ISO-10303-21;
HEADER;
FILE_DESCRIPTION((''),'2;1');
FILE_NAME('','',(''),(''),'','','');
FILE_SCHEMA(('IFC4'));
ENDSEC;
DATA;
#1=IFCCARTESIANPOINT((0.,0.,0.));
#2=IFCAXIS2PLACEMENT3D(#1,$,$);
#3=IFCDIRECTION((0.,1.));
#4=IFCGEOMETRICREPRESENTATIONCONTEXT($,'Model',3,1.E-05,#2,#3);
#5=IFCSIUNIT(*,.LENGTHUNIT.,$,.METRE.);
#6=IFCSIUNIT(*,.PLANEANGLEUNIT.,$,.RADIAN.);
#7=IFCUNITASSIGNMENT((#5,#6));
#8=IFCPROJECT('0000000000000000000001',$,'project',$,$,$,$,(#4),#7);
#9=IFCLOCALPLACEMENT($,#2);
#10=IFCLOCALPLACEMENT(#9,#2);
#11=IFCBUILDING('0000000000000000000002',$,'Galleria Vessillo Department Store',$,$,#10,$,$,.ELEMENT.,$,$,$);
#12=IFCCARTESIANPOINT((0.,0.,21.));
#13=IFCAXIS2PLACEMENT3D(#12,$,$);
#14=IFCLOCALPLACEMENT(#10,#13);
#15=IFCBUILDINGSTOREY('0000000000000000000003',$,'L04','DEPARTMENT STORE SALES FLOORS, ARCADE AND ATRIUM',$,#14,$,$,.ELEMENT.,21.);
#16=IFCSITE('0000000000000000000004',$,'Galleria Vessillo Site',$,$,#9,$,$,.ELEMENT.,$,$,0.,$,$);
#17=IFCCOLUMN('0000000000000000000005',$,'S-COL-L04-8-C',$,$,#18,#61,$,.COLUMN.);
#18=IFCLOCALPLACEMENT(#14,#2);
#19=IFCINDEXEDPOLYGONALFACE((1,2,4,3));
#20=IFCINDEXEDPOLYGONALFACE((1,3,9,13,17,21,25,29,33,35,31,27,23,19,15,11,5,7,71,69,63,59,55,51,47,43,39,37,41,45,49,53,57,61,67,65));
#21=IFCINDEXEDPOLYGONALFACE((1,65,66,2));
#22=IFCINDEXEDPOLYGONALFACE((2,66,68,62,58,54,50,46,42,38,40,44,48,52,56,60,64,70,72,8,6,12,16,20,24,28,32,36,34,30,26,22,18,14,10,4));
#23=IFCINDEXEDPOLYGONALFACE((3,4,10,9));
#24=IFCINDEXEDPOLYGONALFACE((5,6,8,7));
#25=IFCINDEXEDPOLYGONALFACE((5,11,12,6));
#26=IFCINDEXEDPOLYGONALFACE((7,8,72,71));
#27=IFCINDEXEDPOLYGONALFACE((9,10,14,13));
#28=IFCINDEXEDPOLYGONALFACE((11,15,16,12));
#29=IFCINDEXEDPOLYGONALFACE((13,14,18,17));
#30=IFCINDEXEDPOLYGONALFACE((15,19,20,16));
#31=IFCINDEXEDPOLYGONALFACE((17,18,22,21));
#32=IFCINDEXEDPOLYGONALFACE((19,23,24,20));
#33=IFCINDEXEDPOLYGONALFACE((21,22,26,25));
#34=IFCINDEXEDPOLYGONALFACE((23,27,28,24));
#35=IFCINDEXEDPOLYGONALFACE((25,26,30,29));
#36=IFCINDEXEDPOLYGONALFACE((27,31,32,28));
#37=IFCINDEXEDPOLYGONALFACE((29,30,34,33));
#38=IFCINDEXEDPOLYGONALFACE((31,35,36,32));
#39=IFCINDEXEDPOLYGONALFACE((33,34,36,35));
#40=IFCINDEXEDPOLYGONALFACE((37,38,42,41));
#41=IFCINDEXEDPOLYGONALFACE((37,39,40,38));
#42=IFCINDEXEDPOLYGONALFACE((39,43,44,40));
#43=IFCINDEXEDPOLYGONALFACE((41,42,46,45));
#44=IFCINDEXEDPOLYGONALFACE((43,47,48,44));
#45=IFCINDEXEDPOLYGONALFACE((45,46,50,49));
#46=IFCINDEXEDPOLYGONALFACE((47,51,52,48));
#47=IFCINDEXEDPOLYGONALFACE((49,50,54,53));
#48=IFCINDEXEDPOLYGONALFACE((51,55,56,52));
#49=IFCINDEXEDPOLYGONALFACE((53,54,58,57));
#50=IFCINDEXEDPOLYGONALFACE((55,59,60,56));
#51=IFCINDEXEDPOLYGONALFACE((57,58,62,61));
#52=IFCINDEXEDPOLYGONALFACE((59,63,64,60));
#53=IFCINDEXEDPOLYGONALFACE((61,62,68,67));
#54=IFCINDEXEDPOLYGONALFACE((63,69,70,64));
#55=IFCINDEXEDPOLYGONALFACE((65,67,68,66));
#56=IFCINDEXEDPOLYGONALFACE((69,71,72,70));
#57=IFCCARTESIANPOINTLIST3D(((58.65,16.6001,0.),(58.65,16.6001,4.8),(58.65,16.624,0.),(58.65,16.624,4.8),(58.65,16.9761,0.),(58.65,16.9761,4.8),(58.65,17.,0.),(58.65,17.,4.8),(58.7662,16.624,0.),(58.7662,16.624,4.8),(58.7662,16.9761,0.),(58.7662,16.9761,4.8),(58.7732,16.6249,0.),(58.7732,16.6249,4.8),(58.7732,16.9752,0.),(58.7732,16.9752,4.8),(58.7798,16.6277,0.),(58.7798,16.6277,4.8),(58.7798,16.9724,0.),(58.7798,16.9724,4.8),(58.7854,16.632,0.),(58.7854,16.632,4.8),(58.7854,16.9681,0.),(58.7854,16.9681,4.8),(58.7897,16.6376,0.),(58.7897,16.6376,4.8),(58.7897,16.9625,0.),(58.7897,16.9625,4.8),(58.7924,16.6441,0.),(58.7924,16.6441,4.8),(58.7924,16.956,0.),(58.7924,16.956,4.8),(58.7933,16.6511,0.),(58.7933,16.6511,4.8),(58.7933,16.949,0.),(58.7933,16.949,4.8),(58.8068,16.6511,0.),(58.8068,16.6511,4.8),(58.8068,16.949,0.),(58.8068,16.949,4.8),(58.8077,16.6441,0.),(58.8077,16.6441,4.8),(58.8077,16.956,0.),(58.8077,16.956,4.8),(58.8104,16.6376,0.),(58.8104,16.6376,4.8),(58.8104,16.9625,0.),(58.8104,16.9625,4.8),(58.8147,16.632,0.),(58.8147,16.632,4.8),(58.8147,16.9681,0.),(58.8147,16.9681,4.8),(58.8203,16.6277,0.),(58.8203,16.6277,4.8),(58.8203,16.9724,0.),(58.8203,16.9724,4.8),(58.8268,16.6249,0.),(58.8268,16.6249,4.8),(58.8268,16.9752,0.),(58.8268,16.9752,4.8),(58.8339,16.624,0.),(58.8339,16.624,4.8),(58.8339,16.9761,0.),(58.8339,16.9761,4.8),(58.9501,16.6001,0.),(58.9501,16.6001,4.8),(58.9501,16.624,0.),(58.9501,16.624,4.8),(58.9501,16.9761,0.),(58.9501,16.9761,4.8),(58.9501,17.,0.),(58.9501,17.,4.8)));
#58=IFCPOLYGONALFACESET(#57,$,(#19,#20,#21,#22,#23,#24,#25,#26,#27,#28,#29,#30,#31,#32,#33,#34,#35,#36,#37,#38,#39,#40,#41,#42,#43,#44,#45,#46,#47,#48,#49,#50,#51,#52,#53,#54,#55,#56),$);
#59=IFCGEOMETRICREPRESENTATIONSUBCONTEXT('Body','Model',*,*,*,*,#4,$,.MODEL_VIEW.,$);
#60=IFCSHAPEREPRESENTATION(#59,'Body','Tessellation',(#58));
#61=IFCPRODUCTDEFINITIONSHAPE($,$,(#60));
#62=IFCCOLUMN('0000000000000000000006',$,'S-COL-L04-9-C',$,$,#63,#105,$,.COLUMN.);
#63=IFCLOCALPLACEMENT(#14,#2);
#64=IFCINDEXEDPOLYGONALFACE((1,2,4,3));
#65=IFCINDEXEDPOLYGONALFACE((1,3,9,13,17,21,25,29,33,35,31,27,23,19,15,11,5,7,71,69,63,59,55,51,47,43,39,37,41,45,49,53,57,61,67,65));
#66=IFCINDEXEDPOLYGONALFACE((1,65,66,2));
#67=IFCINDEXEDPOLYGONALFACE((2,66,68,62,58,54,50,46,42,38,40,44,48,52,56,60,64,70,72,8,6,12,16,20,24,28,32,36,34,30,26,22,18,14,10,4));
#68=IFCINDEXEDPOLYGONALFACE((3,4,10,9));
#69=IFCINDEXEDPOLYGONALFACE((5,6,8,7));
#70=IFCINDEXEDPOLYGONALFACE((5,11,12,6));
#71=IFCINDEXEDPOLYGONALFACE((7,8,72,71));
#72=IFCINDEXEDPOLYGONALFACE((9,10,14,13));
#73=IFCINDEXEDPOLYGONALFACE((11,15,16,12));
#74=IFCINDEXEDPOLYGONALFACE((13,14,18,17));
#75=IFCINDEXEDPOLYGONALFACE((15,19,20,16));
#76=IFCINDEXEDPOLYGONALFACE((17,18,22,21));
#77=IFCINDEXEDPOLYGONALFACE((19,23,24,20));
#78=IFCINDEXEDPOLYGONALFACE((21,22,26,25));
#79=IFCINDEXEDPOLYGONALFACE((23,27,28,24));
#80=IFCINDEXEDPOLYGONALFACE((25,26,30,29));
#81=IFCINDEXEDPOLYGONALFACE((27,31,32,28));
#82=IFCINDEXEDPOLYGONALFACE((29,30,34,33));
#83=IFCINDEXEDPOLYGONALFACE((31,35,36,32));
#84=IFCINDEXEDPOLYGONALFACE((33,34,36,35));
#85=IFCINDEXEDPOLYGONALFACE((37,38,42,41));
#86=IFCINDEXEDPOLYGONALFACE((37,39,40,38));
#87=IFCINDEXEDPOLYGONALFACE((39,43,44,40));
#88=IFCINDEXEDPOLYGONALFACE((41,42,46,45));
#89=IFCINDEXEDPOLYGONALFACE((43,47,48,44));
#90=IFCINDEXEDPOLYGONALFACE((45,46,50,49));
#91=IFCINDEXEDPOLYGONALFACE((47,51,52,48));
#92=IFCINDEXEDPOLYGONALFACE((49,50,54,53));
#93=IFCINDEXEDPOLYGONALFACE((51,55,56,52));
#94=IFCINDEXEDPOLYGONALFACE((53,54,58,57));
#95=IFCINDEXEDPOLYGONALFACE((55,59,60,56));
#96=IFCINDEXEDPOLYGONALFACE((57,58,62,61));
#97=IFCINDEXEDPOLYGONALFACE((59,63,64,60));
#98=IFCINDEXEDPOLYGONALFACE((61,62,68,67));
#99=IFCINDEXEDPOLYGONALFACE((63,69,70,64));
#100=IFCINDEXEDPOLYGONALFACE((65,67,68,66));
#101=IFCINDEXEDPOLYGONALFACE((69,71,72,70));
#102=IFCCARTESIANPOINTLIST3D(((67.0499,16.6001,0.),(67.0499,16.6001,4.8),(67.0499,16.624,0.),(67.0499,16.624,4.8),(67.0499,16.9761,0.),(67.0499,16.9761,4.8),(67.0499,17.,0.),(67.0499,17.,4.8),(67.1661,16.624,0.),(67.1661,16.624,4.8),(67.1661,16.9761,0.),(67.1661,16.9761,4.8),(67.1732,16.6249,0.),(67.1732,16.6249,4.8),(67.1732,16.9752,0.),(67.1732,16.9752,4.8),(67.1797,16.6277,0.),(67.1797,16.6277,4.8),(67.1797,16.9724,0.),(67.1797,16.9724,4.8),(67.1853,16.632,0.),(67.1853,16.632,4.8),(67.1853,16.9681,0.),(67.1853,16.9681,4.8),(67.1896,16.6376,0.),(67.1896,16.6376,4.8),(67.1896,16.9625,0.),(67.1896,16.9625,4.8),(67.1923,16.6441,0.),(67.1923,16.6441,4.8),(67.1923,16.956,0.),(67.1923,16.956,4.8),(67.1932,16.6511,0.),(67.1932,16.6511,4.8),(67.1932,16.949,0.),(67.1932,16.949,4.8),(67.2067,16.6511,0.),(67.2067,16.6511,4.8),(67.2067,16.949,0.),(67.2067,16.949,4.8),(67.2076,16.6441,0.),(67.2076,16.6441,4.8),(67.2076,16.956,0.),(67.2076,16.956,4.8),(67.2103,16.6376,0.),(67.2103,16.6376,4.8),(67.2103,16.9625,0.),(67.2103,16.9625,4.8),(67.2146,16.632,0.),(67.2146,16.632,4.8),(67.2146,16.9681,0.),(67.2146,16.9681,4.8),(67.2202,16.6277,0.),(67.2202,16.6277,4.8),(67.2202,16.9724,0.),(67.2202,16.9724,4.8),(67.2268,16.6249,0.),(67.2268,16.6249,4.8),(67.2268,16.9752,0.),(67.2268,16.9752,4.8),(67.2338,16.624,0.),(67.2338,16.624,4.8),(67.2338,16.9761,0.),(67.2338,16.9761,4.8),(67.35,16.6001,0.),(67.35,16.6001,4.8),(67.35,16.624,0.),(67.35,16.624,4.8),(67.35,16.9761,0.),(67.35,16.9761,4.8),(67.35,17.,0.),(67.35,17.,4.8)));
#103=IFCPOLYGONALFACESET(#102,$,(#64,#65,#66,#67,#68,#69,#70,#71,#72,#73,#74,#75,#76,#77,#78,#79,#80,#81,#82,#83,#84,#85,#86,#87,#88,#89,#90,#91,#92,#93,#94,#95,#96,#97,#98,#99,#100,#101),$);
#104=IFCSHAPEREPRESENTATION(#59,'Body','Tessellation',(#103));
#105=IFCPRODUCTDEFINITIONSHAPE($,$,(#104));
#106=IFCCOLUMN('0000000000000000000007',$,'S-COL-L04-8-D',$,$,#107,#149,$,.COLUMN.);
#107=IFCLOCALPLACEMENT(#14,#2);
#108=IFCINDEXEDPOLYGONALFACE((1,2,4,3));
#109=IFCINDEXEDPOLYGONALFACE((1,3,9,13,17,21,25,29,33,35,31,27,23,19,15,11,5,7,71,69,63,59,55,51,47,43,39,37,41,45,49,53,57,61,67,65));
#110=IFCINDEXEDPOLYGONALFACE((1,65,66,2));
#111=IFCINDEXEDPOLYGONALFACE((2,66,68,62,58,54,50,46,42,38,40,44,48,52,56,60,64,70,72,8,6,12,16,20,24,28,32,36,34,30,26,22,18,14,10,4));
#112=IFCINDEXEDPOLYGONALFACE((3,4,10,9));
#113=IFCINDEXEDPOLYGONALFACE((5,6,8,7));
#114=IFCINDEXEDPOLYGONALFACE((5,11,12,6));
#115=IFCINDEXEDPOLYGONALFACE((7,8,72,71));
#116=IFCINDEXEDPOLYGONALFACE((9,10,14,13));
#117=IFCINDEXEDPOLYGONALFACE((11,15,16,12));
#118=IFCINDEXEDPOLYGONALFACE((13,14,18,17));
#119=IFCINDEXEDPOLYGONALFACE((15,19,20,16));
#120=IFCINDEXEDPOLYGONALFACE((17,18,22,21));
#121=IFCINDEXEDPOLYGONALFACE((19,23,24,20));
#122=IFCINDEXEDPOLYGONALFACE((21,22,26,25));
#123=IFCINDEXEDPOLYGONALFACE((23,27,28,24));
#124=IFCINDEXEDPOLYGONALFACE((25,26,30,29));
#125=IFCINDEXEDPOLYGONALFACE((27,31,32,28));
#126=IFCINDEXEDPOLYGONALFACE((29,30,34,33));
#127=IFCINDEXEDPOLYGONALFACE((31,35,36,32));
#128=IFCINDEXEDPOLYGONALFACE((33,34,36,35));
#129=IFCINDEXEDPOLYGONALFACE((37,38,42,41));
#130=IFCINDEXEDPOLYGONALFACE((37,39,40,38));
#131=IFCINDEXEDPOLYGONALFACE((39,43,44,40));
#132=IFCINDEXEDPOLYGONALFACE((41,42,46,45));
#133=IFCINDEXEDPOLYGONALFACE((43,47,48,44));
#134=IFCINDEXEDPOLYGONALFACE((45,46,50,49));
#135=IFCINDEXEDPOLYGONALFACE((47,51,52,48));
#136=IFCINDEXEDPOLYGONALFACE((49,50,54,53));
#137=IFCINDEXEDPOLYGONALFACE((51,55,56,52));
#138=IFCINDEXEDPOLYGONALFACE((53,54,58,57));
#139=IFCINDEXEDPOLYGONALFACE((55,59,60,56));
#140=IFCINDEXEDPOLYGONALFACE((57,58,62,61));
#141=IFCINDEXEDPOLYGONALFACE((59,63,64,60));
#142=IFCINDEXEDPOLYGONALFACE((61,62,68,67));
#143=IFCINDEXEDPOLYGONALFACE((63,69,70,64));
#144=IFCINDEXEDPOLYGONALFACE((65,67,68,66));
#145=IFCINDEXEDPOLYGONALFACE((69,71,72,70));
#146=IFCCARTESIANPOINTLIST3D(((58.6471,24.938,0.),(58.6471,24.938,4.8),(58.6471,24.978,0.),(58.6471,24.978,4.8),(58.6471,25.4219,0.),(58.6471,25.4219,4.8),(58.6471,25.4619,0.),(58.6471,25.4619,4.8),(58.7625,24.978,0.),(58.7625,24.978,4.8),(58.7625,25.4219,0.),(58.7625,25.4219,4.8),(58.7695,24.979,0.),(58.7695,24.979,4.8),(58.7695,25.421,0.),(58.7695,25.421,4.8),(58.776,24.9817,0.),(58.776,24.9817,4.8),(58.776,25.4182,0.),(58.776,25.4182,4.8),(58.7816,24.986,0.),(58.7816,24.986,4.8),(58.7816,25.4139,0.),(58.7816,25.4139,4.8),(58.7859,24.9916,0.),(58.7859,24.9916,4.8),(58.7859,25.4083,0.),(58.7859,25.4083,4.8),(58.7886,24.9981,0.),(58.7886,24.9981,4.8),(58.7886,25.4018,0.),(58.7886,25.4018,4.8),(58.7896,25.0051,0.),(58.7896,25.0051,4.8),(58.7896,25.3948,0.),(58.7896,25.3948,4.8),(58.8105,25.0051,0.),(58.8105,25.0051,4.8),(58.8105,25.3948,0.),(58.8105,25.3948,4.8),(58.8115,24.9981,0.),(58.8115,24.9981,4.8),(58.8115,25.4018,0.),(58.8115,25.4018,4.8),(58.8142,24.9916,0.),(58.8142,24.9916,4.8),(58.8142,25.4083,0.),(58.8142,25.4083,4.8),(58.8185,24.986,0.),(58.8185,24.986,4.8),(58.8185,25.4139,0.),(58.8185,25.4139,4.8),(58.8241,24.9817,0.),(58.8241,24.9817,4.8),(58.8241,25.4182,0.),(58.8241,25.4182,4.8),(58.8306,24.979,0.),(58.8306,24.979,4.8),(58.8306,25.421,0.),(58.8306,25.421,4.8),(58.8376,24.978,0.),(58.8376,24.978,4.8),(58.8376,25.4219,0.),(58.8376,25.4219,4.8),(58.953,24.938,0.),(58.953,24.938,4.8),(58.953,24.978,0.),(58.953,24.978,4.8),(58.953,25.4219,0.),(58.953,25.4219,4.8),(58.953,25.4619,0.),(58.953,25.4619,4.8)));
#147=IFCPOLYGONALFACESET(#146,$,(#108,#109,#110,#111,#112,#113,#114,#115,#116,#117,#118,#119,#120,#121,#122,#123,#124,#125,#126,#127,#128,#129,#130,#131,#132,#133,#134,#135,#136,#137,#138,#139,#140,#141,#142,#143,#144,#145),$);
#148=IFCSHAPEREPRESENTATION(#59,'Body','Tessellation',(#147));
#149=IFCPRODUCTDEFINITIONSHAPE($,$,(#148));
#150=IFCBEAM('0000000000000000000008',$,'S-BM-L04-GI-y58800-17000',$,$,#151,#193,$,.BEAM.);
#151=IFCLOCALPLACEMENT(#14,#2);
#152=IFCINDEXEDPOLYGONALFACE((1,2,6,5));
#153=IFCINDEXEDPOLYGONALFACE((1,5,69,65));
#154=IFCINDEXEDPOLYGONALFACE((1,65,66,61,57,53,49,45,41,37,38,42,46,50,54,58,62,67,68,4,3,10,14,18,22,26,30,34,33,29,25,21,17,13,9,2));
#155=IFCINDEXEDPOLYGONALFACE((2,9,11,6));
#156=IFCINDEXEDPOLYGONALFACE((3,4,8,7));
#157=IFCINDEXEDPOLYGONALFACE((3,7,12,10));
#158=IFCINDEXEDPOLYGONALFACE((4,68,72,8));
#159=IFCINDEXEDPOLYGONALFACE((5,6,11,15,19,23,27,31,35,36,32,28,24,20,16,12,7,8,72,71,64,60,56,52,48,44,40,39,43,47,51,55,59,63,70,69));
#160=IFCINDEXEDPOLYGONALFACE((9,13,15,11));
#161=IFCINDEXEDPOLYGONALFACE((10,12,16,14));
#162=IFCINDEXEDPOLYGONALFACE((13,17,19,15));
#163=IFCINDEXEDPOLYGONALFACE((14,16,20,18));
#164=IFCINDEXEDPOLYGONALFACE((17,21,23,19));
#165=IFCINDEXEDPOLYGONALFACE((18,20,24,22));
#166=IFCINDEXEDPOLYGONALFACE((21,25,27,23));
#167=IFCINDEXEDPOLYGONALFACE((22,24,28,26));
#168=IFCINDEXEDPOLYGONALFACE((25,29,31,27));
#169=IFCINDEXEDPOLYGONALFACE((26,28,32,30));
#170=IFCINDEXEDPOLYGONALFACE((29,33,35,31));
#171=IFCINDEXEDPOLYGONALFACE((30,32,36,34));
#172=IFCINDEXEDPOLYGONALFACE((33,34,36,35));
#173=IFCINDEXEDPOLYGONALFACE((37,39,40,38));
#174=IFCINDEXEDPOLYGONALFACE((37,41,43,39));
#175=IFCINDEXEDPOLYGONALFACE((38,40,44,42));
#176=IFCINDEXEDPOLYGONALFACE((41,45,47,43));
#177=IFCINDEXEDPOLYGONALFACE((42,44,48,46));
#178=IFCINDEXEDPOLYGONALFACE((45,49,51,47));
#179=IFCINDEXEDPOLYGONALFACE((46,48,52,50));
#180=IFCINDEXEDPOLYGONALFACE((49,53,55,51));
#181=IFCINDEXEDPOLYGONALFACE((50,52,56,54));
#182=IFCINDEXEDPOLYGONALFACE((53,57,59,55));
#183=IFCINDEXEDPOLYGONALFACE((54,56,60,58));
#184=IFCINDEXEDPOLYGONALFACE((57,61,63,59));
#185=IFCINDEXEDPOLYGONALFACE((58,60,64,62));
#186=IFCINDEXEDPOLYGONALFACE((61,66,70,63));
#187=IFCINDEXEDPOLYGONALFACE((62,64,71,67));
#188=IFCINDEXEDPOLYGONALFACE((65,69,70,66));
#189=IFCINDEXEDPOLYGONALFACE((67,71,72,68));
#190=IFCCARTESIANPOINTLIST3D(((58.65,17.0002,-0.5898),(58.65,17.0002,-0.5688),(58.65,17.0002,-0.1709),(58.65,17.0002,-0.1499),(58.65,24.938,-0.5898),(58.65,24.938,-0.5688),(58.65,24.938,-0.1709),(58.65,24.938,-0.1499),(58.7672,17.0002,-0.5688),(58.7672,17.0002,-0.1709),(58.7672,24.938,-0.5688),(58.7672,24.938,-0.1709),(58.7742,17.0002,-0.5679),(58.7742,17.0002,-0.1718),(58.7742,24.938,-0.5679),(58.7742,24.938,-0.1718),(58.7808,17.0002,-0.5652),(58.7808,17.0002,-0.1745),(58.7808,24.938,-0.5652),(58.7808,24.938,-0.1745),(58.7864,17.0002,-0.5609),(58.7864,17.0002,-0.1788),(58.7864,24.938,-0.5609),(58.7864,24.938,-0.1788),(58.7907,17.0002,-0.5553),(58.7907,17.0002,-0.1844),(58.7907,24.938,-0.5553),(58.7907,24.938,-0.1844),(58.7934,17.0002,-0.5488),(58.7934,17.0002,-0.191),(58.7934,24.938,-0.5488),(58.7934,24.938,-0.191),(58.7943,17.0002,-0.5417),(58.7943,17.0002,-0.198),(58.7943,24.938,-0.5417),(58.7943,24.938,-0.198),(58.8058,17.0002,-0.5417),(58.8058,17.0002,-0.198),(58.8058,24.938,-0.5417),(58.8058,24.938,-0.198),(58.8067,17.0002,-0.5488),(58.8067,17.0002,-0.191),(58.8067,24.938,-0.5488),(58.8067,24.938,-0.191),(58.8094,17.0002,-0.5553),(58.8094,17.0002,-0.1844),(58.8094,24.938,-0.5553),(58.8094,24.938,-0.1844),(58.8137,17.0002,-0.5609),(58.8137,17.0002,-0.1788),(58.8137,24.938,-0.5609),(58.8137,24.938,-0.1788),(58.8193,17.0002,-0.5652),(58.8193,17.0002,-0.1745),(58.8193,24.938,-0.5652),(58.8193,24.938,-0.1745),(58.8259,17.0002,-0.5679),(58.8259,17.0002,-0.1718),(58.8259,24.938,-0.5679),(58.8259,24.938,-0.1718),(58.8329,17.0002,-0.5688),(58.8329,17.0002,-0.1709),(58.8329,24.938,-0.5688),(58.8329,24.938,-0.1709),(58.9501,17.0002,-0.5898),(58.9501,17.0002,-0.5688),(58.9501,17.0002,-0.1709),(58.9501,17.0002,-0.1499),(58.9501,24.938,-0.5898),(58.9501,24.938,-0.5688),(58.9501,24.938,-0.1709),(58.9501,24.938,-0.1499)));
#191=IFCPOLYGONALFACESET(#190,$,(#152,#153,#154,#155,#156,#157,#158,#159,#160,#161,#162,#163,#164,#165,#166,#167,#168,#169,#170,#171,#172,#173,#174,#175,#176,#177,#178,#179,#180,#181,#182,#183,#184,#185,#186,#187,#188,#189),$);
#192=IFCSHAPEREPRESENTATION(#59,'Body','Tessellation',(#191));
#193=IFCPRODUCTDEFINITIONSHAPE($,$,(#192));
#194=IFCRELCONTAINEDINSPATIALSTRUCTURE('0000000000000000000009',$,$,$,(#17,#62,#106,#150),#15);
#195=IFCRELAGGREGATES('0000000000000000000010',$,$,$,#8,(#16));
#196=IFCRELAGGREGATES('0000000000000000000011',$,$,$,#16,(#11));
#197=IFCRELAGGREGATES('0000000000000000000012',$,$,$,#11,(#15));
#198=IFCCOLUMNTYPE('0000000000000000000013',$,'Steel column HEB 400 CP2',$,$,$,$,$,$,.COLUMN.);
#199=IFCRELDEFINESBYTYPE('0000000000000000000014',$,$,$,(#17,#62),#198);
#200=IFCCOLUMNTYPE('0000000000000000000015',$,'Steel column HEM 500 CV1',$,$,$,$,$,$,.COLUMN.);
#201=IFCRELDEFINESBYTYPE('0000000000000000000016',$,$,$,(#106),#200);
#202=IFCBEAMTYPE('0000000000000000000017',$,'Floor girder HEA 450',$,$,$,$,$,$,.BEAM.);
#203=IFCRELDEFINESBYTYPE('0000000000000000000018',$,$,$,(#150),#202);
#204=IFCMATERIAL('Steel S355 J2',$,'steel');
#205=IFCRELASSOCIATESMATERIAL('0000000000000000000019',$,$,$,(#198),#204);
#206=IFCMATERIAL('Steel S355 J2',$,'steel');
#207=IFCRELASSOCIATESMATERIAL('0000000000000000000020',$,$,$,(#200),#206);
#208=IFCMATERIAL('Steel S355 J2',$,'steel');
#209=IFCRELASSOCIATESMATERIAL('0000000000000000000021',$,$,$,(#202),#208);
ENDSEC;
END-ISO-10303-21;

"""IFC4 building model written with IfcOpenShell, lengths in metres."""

from ifc_helpers import new_model, si_unit, direction, frame, origin, origin_2d, place, context, subcontext, project, spatial, i_section, extrude, material, material_profile, profile_set, type_object, element, save


model = new_model("IFC4")

# Units and contexts
model_context = context("Model", 3, precision=1e-05, world=origin(), true_north=direction((0.0, 1.0)))
body_context = subcontext(model_context, "Body", "Model", "MODEL_VIEW")
ifc_project = project(units=[si_unit("LENGTHUNIT", "METRE"), si_unit("PLANEANGLEUNIT", "RADIAN")], contexts=[model_context])

# Site, building, storey
site_placement = place(None, origin())
site = spatial("IfcSite", under=ifc_project, at=site_placement, Name="Galleria Vessillo Site", CompositionType="ELEMENT", RefElevation=0.0)
building_placement = place(site_placement, origin())
building = spatial("IfcBuilding", under=site, at=building_placement, Name="Galleria Vessillo Department Store", CompositionType="ELEMENT")
storey_placement = place(building_placement, frame((0.0, 0.0, 21.0)))
storey = spatial("IfcBuildingStorey", under=building, at=storey_placement, Name="L04", Description="DEPARTMENT STORE SALES FLOORS, ARCADE AND ATRIUM", CompositionType="ELEMENT", Elevation=21.0)

# Columns
ifc_material_1 = material(Name="Steel S355 J2", Category="steel")
ifc_material_profile_1 = material_profile(ifc_material_1, i_section(OverallWidth=0.3, OverallDepth=0.3999, WebThickness=0.0134, FlangeThickness=0.0239, FilletRadius=0.0271, at=origin_2d()), Name="HEB 400")
ifc_profile_set_1 = profile_set([ifc_material_profile_1], Name="Steel S355 J2")
column_type_1 = type_object("IfcColumnType", Name="Steel column HEB 400 CP2", PredefinedType="COLUMN", material=ifc_profile_set_1)
for number, where, z_axis, x_axis, name in (
    (1, (58.8, 16.8, 0.0), (0.0, 0.0, 1.0), (1.0, 0.0, 0.0), "S-COL-L04-8-C"),
    (2, (67.2, 16.8, 0.0), (0.0, 0.0, 1.0), (1.0, 0.0, 0.0), "S-COL-L04-9-C"),
):
    element("IfcColumn", number, at=place(storey_placement, frame(where, z_axis=z_axis, x_axis=x_axis)), inside=storey, type_object=column_type_1, Name=name, PredefinedType="COLUMN", context=body_context, shape_type="SweptSolid", body=[
        extrude(i_section(OverallWidth=0.3, OverallDepth=0.3999, WebThickness=0.0134, FlangeThickness=0.0239, FilletRadius=0.0271, at=origin_2d()), origin(), (0.0, 0.0, 1.0), 4.8),
    ])
ifc_material_2 = material(Name="Steel S355 J2", Category="steel")
ifc_material_profile_2 = material_profile(ifc_material_2, i_section(OverallWidth=0.3059, OverallDepth=0.5239, WebThickness=0.021, FlangeThickness=0.04, FilletRadius=0.0271, at=origin_2d()), Name="HEM 500")
ifc_profile_set_2 = profile_set([ifc_material_profile_2], Name="Steel S355 J2")
column_type_2 = type_object("IfcColumnType", Name="Steel column HEM 500 CV1", PredefinedType="COLUMN", material=ifc_profile_set_2)
column_placement = place(storey_placement, frame((58.8, 25.2, 0.0), z_axis=(0.0, 0.0, 1.0), x_axis=(1.0, 0.0, 0.0)))
element("IfcColumn", 3, at=column_placement, inside=storey, type_object=column_type_2, Name="S-COL-L04-8-D", PredefinedType="COLUMN", context=body_context, shape_type="SweptSolid", body=[
    extrude(i_section(OverallWidth=0.3059, OverallDepth=0.5239, WebThickness=0.021, FlangeThickness=0.04, FilletRadius=0.0271, at=origin_2d()), origin(), (0.0, 0.0, 1.0), 4.8),
])

# Beam
ifc_material_3 = material(Name="Steel S355 J2", Category="steel")
ifc_material_profile_3 = material_profile(ifc_material_3, i_section(OverallWidth=0.3, OverallDepth=0.4399, WebThickness=0.0115, FlangeThickness=0.021, FilletRadius=0.0271, at=origin_2d()), Name="HEA 450")
ifc_profile_set_3 = profile_set([ifc_material_profile_3], Name="Steel S355 J2")
beam_type_1 = type_object("IfcBeamType", Name="Floor girder HEA 450", PredefinedType="BEAM", material=ifc_profile_set_3)
for number, where, z_axis, x_axis, name in (
    (4, (58.8, 17.0002, -0.3699), (0.0, 1.0, 0.0), (-1.0, 0.0, 0.0), "S-BM-L04-GI-y58800-17000"),
):
    element("IfcBeam", number, at=place(storey_placement, frame(where, z_axis=z_axis, x_axis=x_axis)), inside=storey, type_object=beam_type_1, Name=name, PredefinedType="BEAM", context=body_context, shape_type="SweptSolid", body=[
        extrude(i_section(OverallWidth=0.3, OverallDepth=0.4399, WebThickness=0.0115, FlangeThickness=0.021, FilletRadius=0.0271, at=origin_2d()), origin(), (0.0, 0.0, 1.0), 7.9377),
    ])

save(model, "model.ifc")
